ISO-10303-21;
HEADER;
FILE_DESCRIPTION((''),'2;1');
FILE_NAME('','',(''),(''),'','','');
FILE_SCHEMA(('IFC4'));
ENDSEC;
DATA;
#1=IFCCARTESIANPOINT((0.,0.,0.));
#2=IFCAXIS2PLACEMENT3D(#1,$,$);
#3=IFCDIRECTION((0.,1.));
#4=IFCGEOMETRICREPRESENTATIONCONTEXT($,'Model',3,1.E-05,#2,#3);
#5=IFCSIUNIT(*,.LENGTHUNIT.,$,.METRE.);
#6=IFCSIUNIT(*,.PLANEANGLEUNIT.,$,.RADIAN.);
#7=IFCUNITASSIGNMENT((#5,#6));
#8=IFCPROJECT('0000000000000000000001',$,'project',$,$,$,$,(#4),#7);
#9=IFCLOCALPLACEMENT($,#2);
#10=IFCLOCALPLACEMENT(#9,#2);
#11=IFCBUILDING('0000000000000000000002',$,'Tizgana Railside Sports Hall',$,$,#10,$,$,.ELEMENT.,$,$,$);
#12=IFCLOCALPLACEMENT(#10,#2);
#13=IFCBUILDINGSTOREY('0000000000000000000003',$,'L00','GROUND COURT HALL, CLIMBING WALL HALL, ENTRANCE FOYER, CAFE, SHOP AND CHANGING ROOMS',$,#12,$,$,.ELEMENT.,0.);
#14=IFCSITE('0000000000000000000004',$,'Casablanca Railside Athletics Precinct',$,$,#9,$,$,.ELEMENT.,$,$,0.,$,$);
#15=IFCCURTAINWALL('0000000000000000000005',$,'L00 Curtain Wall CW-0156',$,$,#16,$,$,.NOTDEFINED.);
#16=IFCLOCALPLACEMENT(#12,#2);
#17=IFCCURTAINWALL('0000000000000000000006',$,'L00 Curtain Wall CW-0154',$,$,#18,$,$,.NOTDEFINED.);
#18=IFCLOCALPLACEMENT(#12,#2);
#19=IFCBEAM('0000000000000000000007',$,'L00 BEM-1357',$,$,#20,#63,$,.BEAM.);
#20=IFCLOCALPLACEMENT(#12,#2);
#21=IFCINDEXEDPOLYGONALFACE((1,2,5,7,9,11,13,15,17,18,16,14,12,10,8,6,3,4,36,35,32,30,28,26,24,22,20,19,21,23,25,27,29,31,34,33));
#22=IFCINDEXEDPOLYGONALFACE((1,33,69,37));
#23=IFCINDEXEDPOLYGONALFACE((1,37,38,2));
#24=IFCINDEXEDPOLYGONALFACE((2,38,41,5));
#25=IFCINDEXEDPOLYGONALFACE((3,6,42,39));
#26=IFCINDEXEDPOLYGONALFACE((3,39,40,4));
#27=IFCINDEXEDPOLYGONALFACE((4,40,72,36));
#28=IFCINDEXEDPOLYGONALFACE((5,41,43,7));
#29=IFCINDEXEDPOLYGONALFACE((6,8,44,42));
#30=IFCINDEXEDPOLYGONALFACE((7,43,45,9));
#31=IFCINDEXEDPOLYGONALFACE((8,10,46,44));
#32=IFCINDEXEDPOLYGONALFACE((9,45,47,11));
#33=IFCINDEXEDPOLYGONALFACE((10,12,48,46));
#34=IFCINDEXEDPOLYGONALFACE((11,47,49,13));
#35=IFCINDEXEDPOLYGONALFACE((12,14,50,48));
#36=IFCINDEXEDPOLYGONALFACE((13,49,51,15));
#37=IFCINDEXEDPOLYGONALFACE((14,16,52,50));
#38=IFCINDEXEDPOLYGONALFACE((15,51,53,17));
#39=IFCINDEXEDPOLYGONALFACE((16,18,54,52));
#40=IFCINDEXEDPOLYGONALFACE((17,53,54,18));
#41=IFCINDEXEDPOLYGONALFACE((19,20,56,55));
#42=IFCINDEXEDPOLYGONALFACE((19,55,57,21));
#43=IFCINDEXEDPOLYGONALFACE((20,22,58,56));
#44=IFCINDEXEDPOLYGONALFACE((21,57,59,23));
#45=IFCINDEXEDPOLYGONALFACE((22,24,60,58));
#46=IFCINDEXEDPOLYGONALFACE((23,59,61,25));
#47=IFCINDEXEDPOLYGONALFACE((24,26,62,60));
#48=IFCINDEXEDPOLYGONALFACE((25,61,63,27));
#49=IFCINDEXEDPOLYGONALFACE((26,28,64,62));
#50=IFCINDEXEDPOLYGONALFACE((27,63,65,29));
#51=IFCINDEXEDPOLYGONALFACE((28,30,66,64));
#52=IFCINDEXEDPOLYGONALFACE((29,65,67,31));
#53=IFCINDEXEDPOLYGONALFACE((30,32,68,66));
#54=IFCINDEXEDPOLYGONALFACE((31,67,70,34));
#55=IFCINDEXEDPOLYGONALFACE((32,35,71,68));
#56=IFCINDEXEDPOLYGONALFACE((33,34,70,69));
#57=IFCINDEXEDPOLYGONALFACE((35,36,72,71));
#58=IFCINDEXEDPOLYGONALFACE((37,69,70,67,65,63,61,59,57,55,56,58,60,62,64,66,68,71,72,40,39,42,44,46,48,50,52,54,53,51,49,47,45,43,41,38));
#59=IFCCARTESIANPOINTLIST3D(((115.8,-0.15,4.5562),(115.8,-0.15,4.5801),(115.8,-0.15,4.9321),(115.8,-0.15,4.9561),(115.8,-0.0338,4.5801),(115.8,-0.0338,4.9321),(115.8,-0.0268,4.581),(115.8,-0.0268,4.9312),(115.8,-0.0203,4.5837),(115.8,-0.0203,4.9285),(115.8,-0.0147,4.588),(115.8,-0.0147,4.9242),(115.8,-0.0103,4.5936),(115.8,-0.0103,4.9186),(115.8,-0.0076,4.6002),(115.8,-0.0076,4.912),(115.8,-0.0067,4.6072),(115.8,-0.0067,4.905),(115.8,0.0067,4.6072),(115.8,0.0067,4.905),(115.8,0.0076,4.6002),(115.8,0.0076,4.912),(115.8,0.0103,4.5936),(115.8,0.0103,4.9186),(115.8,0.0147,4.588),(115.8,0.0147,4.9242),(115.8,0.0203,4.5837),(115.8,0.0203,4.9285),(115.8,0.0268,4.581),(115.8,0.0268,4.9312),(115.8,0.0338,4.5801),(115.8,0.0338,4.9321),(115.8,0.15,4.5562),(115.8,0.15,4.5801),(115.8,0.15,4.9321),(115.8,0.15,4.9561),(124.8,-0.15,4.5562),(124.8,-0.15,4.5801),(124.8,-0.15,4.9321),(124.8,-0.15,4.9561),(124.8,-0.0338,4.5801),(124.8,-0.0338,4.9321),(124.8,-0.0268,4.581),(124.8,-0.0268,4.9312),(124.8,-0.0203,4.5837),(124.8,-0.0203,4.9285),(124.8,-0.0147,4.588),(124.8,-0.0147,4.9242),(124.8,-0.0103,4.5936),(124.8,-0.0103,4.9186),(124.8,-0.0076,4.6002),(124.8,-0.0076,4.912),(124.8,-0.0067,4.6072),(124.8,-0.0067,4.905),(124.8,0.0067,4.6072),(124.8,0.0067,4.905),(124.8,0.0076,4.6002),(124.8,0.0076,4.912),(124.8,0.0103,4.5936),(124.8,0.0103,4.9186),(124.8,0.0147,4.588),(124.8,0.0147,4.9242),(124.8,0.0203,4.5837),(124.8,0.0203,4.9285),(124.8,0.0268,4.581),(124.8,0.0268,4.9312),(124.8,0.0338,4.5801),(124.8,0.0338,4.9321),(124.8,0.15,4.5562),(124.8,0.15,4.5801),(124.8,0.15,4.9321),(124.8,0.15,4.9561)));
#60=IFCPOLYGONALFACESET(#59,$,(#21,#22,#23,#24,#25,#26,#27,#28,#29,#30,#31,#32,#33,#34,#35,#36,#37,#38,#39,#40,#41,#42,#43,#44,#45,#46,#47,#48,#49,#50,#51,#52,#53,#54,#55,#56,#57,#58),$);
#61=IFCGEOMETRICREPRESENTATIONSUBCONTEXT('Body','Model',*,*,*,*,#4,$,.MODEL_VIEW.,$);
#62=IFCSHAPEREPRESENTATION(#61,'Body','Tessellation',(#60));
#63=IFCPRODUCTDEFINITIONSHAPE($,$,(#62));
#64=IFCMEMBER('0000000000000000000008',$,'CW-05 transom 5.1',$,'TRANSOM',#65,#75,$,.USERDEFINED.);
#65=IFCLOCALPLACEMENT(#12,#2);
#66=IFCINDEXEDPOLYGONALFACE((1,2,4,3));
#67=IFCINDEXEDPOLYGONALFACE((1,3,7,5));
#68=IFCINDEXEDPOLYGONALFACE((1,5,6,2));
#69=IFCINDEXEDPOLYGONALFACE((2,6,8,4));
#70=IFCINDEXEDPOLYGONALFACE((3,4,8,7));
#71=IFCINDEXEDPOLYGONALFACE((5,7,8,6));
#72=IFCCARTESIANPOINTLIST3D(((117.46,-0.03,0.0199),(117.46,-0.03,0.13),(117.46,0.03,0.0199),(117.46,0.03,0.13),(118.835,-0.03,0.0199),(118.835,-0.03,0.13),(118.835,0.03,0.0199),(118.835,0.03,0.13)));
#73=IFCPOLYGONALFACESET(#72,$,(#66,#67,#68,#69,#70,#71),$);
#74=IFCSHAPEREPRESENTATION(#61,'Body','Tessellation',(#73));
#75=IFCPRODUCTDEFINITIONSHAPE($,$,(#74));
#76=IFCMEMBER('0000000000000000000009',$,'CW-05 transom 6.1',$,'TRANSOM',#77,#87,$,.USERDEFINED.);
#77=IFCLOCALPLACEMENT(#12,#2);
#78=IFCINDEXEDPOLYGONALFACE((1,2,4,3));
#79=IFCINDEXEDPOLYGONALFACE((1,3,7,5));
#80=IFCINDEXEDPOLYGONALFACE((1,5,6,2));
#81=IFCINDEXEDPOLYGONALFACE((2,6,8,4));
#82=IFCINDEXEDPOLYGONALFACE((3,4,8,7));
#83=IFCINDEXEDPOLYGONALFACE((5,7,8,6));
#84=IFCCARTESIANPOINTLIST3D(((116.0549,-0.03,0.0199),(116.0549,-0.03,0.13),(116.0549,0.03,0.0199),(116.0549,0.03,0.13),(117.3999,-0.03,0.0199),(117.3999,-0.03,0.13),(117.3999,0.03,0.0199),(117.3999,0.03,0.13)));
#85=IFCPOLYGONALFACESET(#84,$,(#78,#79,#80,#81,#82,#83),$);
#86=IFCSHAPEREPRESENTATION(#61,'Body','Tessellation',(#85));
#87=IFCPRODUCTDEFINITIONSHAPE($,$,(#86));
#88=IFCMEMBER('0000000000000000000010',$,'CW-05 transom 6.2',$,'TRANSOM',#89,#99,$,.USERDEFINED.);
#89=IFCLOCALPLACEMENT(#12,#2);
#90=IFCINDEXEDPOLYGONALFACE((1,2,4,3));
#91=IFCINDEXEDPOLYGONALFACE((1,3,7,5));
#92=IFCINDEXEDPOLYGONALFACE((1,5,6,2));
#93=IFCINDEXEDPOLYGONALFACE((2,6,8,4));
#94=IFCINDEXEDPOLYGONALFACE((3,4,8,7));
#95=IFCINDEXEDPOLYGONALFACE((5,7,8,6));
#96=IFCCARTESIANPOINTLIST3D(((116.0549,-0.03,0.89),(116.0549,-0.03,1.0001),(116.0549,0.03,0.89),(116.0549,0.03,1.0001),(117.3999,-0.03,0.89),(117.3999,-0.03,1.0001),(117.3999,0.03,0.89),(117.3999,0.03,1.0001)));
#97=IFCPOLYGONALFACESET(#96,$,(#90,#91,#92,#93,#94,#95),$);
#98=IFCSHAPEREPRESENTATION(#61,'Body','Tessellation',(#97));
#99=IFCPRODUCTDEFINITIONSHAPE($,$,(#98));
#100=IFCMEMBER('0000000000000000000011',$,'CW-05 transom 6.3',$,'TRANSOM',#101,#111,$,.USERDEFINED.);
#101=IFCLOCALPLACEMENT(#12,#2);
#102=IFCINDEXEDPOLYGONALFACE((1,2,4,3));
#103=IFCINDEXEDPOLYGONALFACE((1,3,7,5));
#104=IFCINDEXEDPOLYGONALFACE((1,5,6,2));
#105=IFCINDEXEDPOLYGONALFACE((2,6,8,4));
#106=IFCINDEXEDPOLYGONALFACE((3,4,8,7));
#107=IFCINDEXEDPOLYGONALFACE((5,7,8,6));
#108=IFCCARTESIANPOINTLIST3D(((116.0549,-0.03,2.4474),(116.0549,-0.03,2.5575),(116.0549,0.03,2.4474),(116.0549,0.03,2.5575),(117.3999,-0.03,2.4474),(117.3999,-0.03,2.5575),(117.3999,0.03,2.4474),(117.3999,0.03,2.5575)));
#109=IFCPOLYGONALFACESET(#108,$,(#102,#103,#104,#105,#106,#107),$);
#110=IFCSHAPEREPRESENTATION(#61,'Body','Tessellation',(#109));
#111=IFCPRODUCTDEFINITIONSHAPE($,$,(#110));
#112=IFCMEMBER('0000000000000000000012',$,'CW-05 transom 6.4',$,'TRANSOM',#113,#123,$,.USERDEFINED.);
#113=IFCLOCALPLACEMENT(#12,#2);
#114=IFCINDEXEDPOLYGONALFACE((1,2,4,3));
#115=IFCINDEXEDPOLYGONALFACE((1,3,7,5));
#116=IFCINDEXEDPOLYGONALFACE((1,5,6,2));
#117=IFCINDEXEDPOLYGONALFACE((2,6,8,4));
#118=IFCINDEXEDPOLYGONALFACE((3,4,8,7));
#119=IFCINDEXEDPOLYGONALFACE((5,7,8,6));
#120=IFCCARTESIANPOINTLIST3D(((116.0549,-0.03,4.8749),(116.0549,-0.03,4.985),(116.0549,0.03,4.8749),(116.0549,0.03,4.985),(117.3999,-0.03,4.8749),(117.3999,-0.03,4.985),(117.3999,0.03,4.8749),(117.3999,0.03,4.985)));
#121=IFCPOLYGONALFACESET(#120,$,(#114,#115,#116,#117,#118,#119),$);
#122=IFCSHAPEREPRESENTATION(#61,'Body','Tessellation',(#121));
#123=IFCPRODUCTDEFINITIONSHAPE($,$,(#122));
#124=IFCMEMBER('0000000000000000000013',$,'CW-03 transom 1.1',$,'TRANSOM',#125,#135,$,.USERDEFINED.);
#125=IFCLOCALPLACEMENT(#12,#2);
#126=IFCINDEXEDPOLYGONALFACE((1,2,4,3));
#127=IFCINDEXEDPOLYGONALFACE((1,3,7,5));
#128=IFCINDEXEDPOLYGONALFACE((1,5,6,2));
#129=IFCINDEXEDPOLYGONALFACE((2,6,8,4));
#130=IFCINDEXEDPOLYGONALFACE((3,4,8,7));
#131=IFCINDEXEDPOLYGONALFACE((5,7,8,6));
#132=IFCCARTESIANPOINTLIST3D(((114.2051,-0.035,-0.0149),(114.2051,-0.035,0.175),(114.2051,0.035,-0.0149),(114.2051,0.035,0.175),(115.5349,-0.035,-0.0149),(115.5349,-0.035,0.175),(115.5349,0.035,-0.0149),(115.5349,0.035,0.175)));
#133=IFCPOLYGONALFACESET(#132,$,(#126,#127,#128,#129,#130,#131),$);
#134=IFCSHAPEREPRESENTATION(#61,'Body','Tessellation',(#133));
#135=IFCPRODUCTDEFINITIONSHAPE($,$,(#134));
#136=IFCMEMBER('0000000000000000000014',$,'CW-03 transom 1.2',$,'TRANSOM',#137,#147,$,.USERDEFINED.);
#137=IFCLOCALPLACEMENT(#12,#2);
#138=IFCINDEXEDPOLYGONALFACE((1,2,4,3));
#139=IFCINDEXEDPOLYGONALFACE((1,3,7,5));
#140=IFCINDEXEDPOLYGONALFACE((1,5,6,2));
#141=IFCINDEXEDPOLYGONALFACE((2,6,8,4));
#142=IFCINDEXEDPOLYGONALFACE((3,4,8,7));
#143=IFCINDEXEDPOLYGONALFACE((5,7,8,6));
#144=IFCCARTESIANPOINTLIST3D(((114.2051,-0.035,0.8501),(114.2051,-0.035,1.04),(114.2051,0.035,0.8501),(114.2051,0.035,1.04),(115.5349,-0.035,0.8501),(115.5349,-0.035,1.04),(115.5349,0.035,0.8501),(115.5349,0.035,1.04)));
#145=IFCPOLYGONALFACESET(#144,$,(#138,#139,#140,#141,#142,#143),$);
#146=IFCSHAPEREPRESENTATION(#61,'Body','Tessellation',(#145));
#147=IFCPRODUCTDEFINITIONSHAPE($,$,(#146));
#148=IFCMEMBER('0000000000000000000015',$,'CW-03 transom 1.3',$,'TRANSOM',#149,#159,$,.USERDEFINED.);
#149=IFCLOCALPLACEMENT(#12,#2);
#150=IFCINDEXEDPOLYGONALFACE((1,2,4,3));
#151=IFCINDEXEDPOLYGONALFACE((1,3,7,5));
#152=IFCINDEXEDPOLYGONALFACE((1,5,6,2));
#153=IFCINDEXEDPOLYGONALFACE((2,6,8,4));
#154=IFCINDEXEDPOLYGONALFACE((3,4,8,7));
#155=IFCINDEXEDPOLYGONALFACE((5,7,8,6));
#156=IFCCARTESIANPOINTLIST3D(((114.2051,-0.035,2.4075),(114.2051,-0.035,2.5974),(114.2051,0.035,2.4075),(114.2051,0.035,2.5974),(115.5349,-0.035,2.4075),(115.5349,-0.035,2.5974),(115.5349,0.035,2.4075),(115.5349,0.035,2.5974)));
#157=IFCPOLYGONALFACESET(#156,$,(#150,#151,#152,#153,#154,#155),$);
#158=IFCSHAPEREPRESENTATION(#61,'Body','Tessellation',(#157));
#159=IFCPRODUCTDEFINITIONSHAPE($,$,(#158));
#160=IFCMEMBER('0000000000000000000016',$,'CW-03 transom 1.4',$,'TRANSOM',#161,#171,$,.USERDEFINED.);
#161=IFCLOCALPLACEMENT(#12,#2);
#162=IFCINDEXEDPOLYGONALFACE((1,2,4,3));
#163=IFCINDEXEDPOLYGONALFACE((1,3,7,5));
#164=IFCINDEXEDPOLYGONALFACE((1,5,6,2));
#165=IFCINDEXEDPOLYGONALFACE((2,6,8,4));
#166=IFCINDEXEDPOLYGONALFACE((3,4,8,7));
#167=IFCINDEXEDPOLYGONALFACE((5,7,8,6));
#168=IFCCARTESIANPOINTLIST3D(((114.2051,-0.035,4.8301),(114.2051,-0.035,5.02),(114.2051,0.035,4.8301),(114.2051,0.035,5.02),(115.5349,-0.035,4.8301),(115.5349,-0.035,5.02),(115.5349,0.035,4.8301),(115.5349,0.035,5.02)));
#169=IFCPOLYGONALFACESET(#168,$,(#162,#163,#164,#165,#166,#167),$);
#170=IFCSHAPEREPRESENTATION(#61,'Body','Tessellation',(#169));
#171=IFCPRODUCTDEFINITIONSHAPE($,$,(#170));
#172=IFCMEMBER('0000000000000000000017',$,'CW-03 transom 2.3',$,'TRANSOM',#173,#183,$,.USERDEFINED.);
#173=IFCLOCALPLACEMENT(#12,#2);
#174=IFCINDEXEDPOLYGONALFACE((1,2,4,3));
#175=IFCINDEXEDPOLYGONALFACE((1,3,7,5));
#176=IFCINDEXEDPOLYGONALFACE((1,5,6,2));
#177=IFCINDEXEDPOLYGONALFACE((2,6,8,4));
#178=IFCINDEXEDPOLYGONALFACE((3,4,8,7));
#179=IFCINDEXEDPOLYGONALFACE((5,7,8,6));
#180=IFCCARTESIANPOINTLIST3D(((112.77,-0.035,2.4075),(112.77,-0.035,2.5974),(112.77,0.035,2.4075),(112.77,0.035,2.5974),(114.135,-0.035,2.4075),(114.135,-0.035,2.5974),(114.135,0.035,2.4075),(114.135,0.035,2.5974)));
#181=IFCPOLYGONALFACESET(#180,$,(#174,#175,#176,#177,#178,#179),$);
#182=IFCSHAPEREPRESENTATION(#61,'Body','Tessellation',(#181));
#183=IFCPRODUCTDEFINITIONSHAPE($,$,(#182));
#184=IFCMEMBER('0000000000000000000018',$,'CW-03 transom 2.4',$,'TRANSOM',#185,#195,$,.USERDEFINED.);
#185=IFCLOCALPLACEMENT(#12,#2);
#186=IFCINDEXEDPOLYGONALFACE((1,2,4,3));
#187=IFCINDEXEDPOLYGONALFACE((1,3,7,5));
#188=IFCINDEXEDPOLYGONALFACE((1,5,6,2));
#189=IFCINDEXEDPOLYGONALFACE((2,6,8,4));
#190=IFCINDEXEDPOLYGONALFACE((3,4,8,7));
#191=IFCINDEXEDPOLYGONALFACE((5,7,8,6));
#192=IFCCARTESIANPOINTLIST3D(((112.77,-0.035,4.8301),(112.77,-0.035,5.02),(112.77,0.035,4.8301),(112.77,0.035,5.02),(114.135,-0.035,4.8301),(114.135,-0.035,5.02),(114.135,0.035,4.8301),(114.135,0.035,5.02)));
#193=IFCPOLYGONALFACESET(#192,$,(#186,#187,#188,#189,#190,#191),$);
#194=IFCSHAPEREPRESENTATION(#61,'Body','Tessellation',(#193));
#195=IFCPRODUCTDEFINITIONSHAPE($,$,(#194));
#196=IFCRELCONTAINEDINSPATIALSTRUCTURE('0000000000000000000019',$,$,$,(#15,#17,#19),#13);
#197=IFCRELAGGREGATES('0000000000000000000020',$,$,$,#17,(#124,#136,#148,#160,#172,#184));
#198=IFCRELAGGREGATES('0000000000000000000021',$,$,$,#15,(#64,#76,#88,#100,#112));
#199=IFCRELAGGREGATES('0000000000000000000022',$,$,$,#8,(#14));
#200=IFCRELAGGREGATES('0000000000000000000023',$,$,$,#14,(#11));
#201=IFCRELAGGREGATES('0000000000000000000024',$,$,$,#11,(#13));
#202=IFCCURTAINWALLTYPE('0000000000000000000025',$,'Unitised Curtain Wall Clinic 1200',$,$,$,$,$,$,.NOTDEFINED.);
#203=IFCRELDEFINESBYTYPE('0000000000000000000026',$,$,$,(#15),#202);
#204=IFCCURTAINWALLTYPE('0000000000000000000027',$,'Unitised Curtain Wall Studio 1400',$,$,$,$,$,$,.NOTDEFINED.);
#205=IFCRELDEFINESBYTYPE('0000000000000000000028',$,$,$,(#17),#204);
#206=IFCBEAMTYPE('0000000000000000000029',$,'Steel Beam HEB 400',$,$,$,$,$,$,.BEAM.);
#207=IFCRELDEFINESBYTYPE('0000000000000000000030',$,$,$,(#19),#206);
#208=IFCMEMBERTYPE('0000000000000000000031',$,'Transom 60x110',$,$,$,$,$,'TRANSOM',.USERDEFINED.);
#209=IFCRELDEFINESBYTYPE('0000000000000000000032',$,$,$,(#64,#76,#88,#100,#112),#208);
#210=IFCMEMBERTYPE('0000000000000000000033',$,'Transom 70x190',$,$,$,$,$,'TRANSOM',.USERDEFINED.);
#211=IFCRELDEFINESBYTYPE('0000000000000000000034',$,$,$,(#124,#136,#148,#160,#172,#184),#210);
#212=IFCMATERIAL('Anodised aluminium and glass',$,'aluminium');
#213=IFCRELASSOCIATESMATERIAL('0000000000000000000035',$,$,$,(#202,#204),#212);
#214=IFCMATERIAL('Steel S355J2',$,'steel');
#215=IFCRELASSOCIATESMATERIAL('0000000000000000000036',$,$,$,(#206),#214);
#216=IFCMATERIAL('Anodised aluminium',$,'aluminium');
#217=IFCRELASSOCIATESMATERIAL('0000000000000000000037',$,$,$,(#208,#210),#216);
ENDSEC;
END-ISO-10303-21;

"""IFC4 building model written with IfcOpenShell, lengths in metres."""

from ifc_helpers import new_model, si_unit, direction, frame, origin, origin_2d, place, context, subcontext, project, spatial, rectangle, i_section, extrude, material, material_profile, profile_set, type_object, element, aggregate, save


model = new_model("IFC4")

# Units and contexts
model_context = context("Model", 3, precision=1e-05, world=origin(), true_north=direction((0.0, 1.0)))
body_context = subcontext(model_context, "Body", "Model", "MODEL_VIEW")
ifc_project = project(units=[si_unit("LENGTHUNIT", "METRE"), si_unit("PLANEANGLEUNIT", "RADIAN")], contexts=[model_context])

# Site, building, storey
site_placement = place(None, origin())
site = spatial("IfcSite", under=ifc_project, at=site_placement, Name="Casablanca Railside Athletics Precinct", CompositionType="ELEMENT", RefElevation=0.0)
building_placement = place(site_placement, origin())
building = spatial("IfcBuilding", under=site, at=building_placement, Name="Tizgana Railside Sports Hall", CompositionType="ELEMENT")
storey_placement = place(building_placement, origin())
storey = spatial("IfcBuildingStorey", under=building, at=storey_placement, Name="L00", Description="GROUND COURT HALL, CLIMBING WALL HALL, ENTRANCE FOYER, CAFE, SHOP AND CHANGING ROOMS", CompositionType="ELEMENT", Elevation=0.0)

# Shared definitions
ifc_material_1 = material(Name="Steel S355J2", Category="steel")

# Curtain walls
ifc_material_2 = material(Name="Anodised aluminium and glass", Category="aluminium")
curtain_wall_type_1 = type_object("IfcCurtainWallType", Name="Unitised Curtain Wall Clinic 1200", PredefinedType="NOTDEFINED", material=ifc_material_2)
curtain_wall_1_placement = place(storey_placement, origin())
curtain_wall_1 = element("IfcCurtainWall", 1, at=curtain_wall_1_placement, inside=storey, type_object=curtain_wall_type_1, Name="L00 Curtain Wall CW-0156", PredefinedType="NOTDEFINED")
ifc_material_3 = material(Name="Anodised aluminium", Category="aluminium")
curtain_wall_type_2 = type_object("IfcCurtainWallType", Name="Unitised Curtain Wall Studio 1400", PredefinedType="NOTDEFINED", material=ifc_material_2)
curtain_wall_2_placement = place(storey_placement, origin())
curtain_wall_2 = element("IfcCurtainWall", 2, at=curtain_wall_2_placement, inside=storey, type_object=curtain_wall_type_2, Name="L00 Curtain Wall CW-0154", PredefinedType="NOTDEFINED")

# Beam
ifc_material_profile_1 = material_profile(ifc_material_1, i_section(OverallWidth=0.3, OverallDepth=0.3999, WebThickness=0.0134, FlangeThickness=0.0239, FilletRadius=0.0271, at=origin_2d()), Name="HEB 400")
ifc_profile_set_1 = profile_set([ifc_material_profile_1], Name="Steel S355J2")
beam_type_1 = type_object("IfcBeamType", Name="Steel Beam HEB 400", PredefinedType="BEAM", material=ifc_profile_set_1)
beam_1_placement = place(storey_placement, frame((115.8, 0.0, 4.7561), z_axis=(1.0, 0.0, 0.0), x_axis=(0.0, 1.0, 0.0)))
element("IfcBeam", 3, at=beam_1_placement, inside=storey, type_object=beam_type_1, Name="L00 BEM-1357", PredefinedType="BEAM", context=body_context, shape_type="SweptSolid", body=[
    extrude(i_section(OverallWidth=0.3, OverallDepth=0.3999, WebThickness=0.0134, FlangeThickness=0.0239, FilletRadius=0.0271, at=origin_2d()), origin(), (0.0, 0.0, 1.0), 9.0),
])

# Members
ifc_material_profile_2 = material_profile(ifc_material_3, rectangle(XDim=0.0601, YDim=0.1101, at=origin_2d()), Name="Transom 60x110")
ifc_profile_set_2 = profile_set([ifc_material_profile_2], Name="Anodised aluminium")
member_type_1 = type_object("IfcMemberType", Name="Transom 60x110", ElementType="TRANSOM", PredefinedType="USERDEFINED", material=ifc_profile_set_2)
member_1_placement = place(storey_placement, frame((118.835, 0.0, 0.075), z_axis=(-1.0, 0.0, 0.0), x_axis=(0.0, -1.0, 0.0)))
member_1 = element("IfcMember", 4, at=member_1_placement, type_object=member_type_1, Name="CW-05 transom 5.1", ObjectType="TRANSOM", PredefinedType="USERDEFINED", context=body_context, shape_type="SweptSolid", body=[
    extrude(rectangle(XDim=0.0601, YDim=0.1101, at=origin_2d()), origin(), (0.0, 0.0, 1.0), 1.375),
])
member_2_placement = place(storey_placement, frame((117.3999, 0.0, 0.075), z_axis=(-1.0, 0.0, 0.0), x_axis=(0.0, -1.0, 0.0)))
member_2 = element("IfcMember", 5, at=member_2_placement, type_object=member_type_1, Name="CW-05 transom 6.1", ObjectType="TRANSOM", PredefinedType="USERDEFINED", context=body_context, shape_type="SweptSolid", body=[
    extrude(rectangle(XDim=0.0601, YDim=0.1101, at=origin_2d()), origin(), (0.0, 0.0, 1.0), 1.345),
])
member_3_placement = place(storey_placement, frame((117.3999, 0.0, 0.9451), z_axis=(-1.0, 0.0, 0.0), x_axis=(0.0, -1.0, 0.0)))
member_3 = element("IfcMember", 6, at=member_3_placement, type_object=member_type_1, Name="CW-05 transom 6.2", ObjectType="TRANSOM", PredefinedType="USERDEFINED", context=body_context, shape_type="SweptSolid", body=[
    extrude(rectangle(XDim=0.0601, YDim=0.1101, at=origin_2d()), origin(), (0.0, 0.0, 1.0), 1.345),
])
member_4_placement = place(storey_placement, frame((117.3999, 0.0, 2.5024), z_axis=(-1.0, 0.0, 0.0), x_axis=(0.0, -1.0, 0.0)))
member_4 = element("IfcMember", 7, at=member_4_placement, type_object=member_type_1, Name="CW-05 transom 6.3", ObjectType="TRANSOM", PredefinedType="USERDEFINED", context=body_context, shape_type="SweptSolid", body=[
    extrude(rectangle(XDim=0.0601, YDim=0.1101, at=origin_2d()), origin(), (0.0, 0.0, 1.0), 1.345),
])
member_5_placement = place(storey_placement, frame((117.3999, 0.0, 4.9299), z_axis=(-1.0, 0.0, 0.0), x_axis=(0.0, -1.0, 0.0)))
member_5 = element("IfcMember", 8, at=member_5_placement, type_object=member_type_1, Name="CW-05 transom 6.4", ObjectType="TRANSOM", PredefinedType="USERDEFINED", context=body_context, shape_type="SweptSolid", body=[
    extrude(rectangle(XDim=0.0601, YDim=0.1101, at=origin_2d()), origin(), (0.0, 0.0, 1.0), 1.345),
])
ifc_material_profile_3 = material_profile(ifc_material_3, rectangle(XDim=0.0701, YDim=0.1899, at=origin_2d()), Name="Transom 70x190")
ifc_profile_set_3 = profile_set([ifc_material_profile_3], Name="Anodised aluminium")
member_type_2 = type_object("IfcMemberType", Name="Transom 70x190", ElementType="TRANSOM", PredefinedType="USERDEFINED", material=ifc_profile_set_3)
member_6_placement = place(storey_placement, frame((115.5349, 0.0, 0.0801), z_axis=(-1.0, 0.0, 0.0), x_axis=(0.0, -1.0, 0.0)))
member_6 = element("IfcMember", 9, at=member_6_placement, type_object=member_type_2, Name="CW-03 transom 1.1", ObjectType="TRANSOM", PredefinedType="USERDEFINED", context=body_context, shape_type="SweptSolid", body=[
    extrude(rectangle(XDim=0.0701, YDim=0.1899, at=origin_2d()), origin(), (0.0, 0.0, 1.0), 1.3298),
])
member_7_placement = place(storey_placement, frame((115.5349, 0.0, 0.9451), z_axis=(-1.0, 0.0, 0.0), x_axis=(0.0, -1.0, 0.0)))
member_7 = element("IfcMember", 10, at=member_7_placement, type_object=member_type_2, Name="CW-03 transom 1.2", ObjectType="TRANSOM", PredefinedType="USERDEFINED", context=body_context, shape_type="SweptSolid", body=[
    extrude(rectangle(XDim=0.0701, YDim=0.1899, at=origin_2d()), origin(), (0.0, 0.0, 1.0), 1.3298),
])
member_8_placement = place(storey_placement, frame((115.5349, 0.0, 2.5024), z_axis=(-1.0, 0.0, 0.0), x_axis=(0.0, -1.0, 0.0)))
member_8 = element("IfcMember", 11, at=member_8_placement, type_object=member_type_2, Name="CW-03 transom 1.3", ObjectType="TRANSOM", PredefinedType="USERDEFINED", context=body_context, shape_type="SweptSolid", body=[
    extrude(rectangle(XDim=0.0701, YDim=0.1899, at=origin_2d()), origin(), (0.0, 0.0, 1.0), 1.3298),
])
member_9_placement = place(storey_placement, frame((115.5349, 0.0, 4.925), z_axis=(-1.0, 0.0, 0.0), x_axis=(0.0, -1.0, 0.0)))
member_9 = element("IfcMember", 12, at=member_9_placement, type_object=member_type_2, Name="CW-03 transom 1.4", ObjectType="TRANSOM", PredefinedType="USERDEFINED", context=body_context, shape_type="SweptSolid", body=[
    extrude(rectangle(XDim=0.0701, YDim=0.1899, at=origin_2d()), origin(), (0.0, 0.0, 1.0), 1.3298),
])
member_10_placement = place(storey_placement, frame((114.135, 0.0, 2.5024), z_axis=(-1.0, 0.0, 0.0), x_axis=(0.0, -1.0, 0.0)))
member_10 = element("IfcMember", 13, at=member_10_placement, type_object=member_type_2, Name="CW-03 transom 2.3", ObjectType="TRANSOM", PredefinedType="USERDEFINED", context=body_context, shape_type="SweptSolid", body=[
    extrude(rectangle(XDim=0.0701, YDim=0.1899, at=origin_2d()), origin(), (0.0, 0.0, 1.0), 1.365),
])
member_11_placement = place(storey_placement, frame((114.135, 0.0, 4.925), z_axis=(-1.0, 0.0, 0.0), x_axis=(0.0, -1.0, 0.0)))
member_11 = element("IfcMember", 14, at=member_11_placement, type_object=member_type_2, Name="CW-03 transom 2.4", ObjectType="TRANSOM", PredefinedType="USERDEFINED", context=body_context, shape_type="SweptSolid", body=[
    extrude(rectangle(XDim=0.0701, YDim=0.1899, at=origin_2d()), origin(), (0.0, 0.0, 1.0), 1.365),
])

aggregate(curtain_wall_2, [member_6, member_7, member_8, member_9, member_10, member_11])
aggregate(curtain_wall_1, [member_1, member_2, member_3, member_4, member_5])

save(model, "model.ifc")
